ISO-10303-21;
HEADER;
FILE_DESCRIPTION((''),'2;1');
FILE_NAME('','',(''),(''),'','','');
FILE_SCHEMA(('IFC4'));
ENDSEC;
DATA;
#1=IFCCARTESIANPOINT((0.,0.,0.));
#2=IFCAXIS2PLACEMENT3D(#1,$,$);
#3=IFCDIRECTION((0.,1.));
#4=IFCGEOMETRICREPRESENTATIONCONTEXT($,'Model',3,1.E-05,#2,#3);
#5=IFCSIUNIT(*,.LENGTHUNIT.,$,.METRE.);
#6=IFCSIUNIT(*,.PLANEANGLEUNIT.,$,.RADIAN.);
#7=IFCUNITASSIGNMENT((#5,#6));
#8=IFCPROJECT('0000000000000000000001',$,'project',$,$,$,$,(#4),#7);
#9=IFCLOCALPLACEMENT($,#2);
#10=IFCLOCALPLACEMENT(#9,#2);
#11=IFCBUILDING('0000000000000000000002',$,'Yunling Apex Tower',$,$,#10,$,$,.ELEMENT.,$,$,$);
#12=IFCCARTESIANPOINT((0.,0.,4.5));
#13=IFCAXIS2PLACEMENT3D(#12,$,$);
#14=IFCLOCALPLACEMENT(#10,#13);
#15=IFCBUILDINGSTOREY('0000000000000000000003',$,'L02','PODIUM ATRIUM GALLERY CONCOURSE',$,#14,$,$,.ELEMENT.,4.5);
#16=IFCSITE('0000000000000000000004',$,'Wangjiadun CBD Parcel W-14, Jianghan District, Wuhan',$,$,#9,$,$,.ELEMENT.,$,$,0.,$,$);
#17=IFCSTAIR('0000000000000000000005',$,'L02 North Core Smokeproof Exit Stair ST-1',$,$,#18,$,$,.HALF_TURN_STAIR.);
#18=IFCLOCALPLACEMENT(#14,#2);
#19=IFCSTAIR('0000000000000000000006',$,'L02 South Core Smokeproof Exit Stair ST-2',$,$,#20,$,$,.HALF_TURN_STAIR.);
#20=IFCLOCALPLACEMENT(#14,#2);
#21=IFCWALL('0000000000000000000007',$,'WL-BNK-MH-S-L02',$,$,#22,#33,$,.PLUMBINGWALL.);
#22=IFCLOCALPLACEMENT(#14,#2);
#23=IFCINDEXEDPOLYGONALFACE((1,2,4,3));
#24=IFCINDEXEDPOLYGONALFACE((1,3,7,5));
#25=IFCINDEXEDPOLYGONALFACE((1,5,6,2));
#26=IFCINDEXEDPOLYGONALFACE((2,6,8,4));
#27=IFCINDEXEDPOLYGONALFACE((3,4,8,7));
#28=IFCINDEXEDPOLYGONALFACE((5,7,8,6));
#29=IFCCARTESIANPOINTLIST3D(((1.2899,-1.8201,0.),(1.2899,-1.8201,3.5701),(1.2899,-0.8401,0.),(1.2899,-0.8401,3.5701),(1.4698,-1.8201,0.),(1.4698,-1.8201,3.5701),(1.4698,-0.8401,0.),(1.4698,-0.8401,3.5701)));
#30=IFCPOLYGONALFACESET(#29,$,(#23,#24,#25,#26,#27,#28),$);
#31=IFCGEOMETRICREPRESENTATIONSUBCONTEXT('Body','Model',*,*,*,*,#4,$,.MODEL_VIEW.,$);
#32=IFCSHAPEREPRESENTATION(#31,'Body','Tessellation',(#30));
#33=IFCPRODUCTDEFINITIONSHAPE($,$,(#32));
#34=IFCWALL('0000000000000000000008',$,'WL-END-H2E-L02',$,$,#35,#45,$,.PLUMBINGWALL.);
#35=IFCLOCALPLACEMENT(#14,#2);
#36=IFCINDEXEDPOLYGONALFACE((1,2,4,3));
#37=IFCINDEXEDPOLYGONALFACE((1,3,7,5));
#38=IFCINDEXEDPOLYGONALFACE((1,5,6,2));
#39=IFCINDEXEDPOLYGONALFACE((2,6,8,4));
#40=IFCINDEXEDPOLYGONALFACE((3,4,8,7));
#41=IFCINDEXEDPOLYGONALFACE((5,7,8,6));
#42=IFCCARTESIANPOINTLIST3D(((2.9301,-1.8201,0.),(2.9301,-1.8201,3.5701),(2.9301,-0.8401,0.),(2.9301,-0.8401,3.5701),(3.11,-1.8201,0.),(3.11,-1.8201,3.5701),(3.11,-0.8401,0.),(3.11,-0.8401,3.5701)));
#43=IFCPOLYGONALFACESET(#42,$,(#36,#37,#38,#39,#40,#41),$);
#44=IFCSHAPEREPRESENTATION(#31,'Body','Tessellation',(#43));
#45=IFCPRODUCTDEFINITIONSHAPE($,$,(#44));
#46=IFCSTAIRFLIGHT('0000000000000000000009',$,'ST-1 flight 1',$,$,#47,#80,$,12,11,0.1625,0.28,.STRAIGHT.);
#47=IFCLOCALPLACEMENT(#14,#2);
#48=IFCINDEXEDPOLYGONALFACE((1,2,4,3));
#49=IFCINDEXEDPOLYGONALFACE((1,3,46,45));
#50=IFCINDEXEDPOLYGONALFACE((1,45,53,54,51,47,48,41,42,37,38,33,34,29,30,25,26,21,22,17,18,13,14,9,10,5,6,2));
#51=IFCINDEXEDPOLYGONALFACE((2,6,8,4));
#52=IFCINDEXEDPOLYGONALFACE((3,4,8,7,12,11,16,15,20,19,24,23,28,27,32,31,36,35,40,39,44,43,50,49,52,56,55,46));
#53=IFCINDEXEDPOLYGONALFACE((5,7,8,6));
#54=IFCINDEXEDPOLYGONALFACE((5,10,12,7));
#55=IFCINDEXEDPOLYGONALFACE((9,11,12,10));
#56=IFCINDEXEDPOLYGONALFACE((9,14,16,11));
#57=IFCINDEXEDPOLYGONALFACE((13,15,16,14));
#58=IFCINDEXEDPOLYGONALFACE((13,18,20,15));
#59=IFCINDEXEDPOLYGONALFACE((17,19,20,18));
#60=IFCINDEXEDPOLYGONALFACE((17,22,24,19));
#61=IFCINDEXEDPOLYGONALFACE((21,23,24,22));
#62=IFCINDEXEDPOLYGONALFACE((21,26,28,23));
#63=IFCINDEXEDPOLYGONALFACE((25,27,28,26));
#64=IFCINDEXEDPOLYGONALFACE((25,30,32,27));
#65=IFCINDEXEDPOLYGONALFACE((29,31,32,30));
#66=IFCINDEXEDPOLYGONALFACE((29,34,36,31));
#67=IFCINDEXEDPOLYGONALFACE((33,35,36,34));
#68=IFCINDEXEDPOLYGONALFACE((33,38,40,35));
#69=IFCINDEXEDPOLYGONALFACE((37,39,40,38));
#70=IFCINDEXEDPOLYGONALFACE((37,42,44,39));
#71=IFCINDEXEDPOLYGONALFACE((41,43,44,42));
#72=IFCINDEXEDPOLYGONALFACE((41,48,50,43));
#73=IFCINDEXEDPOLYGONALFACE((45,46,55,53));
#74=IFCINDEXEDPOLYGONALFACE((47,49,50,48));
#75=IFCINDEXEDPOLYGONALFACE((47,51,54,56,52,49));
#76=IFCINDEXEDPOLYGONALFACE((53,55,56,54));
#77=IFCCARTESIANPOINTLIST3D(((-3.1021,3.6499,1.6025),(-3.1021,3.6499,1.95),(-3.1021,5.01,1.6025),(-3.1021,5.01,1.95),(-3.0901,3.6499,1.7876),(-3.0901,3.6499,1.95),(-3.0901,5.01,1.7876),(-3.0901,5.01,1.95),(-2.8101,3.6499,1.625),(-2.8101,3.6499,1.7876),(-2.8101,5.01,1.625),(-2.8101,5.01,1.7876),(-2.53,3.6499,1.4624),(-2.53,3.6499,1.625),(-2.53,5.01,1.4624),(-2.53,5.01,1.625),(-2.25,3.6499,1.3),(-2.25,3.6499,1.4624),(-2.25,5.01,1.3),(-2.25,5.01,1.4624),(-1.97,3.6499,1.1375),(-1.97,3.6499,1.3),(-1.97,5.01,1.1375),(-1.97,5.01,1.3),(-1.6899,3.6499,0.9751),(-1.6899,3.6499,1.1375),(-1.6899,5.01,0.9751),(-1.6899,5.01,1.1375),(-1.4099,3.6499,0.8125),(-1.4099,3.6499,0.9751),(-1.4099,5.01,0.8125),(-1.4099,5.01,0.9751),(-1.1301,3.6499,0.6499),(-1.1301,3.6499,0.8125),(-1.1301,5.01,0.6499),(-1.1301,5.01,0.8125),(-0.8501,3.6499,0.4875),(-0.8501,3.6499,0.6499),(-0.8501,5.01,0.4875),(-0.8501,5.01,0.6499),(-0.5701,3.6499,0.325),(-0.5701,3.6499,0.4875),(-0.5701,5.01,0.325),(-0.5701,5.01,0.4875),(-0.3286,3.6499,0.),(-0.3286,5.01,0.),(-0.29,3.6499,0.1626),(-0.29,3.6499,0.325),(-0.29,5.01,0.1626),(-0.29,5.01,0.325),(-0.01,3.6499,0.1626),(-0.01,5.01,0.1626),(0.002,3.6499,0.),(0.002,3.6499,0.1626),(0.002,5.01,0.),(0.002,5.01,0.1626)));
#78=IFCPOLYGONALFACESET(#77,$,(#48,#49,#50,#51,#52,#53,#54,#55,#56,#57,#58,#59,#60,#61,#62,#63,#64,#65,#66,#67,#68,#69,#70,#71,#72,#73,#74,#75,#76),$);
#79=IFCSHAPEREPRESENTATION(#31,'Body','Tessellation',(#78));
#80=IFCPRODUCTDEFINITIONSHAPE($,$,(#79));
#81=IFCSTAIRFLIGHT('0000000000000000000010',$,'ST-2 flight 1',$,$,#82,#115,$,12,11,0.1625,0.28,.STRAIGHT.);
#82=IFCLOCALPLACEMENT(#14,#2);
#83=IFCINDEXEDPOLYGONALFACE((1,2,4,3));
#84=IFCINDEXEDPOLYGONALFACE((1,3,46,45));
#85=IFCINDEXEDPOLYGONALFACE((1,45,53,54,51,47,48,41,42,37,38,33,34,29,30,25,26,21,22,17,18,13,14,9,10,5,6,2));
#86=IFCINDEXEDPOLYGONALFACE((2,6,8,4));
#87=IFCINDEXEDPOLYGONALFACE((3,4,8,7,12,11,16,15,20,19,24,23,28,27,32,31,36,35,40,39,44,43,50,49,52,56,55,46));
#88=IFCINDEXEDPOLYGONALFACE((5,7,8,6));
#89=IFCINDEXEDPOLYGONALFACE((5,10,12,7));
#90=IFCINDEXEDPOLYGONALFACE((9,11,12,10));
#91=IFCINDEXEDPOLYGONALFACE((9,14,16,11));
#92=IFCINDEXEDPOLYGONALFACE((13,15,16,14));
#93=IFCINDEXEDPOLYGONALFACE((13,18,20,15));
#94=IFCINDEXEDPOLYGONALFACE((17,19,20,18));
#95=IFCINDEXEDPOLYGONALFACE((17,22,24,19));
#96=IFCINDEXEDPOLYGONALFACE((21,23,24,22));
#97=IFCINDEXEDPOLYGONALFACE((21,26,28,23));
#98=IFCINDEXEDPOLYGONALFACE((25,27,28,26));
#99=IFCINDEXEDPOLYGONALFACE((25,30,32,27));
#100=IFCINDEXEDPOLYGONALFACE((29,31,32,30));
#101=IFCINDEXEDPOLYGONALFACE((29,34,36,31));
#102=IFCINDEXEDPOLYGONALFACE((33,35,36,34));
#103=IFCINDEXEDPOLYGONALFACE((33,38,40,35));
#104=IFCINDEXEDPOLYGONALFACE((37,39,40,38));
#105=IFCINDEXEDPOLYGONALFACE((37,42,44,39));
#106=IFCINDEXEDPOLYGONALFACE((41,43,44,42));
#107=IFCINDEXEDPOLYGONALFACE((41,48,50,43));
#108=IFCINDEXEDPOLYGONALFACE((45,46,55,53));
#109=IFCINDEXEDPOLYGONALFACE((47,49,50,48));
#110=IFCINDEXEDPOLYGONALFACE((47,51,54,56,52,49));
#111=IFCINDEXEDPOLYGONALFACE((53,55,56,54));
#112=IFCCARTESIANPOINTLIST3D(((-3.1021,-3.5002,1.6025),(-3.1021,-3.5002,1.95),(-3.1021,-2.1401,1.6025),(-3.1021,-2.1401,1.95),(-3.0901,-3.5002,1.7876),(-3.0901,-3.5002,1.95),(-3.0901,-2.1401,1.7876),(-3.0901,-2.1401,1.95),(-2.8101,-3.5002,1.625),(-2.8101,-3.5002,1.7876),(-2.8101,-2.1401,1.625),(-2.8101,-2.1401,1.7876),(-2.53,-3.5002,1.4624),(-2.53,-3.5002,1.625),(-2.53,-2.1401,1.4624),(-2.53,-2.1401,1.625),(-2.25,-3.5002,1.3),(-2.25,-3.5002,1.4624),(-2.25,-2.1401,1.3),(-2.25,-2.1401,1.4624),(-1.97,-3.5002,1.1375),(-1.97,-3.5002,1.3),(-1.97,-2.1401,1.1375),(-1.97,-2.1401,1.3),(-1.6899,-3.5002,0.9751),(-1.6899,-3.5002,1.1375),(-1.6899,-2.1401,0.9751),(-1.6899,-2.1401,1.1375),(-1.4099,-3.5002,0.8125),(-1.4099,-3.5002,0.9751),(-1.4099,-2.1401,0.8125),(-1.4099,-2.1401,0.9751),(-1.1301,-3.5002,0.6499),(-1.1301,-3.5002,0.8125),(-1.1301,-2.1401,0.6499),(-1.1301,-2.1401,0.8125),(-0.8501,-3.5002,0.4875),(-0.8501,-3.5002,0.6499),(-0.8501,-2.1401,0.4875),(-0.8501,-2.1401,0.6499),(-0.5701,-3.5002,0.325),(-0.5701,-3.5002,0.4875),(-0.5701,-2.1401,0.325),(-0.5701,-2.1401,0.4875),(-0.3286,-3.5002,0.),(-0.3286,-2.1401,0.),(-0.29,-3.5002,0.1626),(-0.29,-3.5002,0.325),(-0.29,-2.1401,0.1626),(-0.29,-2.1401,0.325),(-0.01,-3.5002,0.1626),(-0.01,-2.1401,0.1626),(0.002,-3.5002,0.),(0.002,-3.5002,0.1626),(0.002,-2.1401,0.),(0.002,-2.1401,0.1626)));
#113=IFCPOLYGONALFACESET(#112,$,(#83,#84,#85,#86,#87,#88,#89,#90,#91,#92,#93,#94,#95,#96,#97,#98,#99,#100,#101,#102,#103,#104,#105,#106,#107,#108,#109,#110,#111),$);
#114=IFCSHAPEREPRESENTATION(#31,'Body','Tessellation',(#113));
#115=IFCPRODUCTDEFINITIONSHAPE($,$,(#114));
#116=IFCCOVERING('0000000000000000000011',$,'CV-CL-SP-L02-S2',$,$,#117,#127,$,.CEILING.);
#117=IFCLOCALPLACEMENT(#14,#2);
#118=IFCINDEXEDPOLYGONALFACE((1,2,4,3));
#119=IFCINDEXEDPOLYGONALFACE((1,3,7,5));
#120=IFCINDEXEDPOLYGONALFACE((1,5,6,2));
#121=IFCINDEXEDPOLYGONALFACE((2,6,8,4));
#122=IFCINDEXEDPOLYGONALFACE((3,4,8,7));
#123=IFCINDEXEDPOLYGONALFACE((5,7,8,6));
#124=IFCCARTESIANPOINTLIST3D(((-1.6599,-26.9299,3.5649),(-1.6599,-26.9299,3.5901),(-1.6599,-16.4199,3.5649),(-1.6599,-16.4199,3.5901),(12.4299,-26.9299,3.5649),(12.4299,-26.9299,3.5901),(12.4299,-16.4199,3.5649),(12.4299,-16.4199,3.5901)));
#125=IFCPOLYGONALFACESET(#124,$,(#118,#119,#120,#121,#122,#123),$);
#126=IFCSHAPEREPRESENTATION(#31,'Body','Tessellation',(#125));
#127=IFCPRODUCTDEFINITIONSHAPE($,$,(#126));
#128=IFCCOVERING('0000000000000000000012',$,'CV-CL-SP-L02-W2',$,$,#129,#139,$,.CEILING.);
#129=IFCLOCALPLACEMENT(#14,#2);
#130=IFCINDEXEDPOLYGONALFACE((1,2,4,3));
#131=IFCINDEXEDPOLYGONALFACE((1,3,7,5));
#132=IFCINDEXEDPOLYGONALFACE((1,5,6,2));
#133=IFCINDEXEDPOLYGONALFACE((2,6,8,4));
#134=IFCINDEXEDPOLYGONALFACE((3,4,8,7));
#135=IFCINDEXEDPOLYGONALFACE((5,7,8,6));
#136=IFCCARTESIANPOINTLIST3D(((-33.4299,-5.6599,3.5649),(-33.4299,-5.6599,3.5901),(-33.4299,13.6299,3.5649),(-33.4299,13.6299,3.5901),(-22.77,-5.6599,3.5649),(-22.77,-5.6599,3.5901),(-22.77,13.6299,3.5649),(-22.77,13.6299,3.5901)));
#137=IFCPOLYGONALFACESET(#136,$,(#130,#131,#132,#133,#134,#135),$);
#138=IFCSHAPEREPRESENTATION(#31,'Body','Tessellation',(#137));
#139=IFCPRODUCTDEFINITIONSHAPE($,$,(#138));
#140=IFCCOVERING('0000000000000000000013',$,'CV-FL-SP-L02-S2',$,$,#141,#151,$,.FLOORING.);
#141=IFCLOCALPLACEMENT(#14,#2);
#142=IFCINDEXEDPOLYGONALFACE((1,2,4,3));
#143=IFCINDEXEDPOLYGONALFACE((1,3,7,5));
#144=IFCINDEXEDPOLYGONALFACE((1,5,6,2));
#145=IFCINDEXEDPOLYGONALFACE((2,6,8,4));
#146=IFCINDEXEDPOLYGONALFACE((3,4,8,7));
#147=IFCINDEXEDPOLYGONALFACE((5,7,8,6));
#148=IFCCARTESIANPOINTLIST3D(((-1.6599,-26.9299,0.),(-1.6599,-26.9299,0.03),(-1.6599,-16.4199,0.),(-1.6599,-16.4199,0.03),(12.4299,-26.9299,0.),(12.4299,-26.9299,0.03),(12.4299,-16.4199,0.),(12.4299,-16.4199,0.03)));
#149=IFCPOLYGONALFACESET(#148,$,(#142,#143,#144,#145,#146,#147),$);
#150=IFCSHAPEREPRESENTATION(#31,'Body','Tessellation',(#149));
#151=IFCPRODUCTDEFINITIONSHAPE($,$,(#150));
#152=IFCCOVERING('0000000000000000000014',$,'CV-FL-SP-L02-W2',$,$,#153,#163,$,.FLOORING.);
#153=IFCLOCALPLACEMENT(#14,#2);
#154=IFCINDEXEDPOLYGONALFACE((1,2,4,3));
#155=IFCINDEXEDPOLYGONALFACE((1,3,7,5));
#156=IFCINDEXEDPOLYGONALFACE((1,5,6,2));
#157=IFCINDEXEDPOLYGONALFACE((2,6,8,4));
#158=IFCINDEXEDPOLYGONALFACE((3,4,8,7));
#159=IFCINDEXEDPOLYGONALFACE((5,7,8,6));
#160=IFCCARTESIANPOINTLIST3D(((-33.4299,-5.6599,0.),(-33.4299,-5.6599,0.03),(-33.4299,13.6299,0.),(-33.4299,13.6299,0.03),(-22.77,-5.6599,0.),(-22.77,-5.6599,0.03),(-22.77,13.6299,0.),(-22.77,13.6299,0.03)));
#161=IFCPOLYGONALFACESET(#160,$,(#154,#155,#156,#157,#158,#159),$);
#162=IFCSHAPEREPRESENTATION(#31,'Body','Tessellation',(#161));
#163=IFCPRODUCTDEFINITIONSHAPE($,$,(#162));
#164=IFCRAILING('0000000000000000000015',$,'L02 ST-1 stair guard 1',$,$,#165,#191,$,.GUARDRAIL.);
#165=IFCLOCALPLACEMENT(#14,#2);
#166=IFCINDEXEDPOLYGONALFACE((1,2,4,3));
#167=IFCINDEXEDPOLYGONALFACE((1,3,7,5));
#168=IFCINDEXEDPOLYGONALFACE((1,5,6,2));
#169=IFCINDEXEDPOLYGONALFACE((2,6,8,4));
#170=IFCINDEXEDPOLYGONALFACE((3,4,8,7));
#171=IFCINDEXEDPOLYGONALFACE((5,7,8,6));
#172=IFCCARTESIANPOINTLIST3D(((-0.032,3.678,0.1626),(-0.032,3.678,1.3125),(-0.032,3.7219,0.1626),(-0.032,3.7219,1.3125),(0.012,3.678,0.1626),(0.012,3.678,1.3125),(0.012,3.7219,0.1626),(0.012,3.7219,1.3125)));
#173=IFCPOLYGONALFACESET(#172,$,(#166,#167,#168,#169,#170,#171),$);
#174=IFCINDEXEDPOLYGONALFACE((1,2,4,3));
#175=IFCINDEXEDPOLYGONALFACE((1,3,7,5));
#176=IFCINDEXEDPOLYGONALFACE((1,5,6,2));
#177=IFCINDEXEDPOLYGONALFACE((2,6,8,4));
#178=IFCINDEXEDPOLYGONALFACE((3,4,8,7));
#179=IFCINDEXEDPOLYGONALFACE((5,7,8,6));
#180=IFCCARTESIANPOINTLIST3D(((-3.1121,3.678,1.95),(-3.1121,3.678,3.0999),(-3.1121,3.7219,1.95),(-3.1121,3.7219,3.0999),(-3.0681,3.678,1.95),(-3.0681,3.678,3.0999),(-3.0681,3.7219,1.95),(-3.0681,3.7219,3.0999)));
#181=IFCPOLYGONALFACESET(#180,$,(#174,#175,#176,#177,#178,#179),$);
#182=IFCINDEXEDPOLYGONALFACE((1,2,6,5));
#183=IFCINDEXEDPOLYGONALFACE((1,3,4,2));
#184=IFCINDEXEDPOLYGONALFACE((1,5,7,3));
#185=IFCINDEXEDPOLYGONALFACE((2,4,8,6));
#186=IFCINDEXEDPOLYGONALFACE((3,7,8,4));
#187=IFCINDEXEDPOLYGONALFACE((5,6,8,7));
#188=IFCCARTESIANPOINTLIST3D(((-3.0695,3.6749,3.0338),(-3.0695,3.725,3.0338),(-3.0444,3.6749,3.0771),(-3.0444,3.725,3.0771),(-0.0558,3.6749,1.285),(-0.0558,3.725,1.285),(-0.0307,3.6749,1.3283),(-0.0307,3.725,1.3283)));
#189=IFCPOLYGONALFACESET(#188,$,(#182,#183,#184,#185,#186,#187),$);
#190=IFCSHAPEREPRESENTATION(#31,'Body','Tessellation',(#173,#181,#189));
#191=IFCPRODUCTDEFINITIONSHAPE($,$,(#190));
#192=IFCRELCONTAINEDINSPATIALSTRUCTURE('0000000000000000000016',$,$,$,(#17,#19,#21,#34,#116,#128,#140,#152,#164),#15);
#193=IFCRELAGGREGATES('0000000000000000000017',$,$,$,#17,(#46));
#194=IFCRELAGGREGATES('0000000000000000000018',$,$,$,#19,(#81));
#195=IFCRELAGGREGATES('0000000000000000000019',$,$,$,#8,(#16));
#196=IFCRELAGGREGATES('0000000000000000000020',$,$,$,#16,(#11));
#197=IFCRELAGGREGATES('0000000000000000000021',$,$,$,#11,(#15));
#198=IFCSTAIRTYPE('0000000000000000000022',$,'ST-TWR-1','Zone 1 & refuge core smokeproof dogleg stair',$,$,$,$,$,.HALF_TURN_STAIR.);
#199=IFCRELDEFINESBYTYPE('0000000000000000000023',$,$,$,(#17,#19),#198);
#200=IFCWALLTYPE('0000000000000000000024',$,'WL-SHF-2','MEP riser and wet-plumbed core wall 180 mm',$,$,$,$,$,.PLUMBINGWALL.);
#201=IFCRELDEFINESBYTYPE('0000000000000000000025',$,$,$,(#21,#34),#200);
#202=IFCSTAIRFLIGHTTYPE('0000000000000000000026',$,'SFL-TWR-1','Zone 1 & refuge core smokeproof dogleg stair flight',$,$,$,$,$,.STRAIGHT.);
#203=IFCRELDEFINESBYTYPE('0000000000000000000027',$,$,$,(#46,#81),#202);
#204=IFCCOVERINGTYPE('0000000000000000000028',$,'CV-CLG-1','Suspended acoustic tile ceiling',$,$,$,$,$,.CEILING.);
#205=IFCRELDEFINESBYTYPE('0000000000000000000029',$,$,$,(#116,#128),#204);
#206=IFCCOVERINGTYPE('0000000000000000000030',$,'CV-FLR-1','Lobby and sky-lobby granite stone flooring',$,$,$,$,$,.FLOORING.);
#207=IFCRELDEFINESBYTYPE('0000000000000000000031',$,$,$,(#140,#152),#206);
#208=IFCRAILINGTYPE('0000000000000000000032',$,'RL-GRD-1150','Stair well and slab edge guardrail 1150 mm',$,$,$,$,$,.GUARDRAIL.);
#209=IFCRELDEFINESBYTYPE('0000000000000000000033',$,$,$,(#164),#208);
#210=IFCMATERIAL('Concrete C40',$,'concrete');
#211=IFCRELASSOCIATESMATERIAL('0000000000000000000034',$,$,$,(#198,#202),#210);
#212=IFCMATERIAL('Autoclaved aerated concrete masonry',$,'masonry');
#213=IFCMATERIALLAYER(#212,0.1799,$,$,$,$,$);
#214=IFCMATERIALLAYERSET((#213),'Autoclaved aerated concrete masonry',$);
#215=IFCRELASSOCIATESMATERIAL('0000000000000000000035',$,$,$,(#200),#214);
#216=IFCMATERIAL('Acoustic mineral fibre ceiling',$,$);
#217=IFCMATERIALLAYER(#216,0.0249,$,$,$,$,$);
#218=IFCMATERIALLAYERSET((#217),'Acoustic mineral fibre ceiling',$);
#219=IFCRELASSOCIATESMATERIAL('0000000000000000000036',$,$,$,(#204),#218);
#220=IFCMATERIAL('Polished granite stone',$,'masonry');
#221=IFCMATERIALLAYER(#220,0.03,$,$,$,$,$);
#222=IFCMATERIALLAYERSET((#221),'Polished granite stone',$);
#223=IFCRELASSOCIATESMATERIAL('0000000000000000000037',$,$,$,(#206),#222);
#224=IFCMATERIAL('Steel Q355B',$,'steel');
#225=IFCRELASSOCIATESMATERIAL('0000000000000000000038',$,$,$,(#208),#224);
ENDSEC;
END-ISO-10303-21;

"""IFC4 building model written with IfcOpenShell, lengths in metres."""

from ifc_helpers import new_model, si_unit, direction, frame, frame_2d, origin, origin_2d, place, context, subcontext, project, spatial, polyline, rectangle, outline, extrude, material, layer, layer_set, type_object, element, aggregate, save


model = new_model("IFC4")

# Units and contexts
model_context = context("Model", 3, precision=1e-05, world=origin(), true_north=direction((0.0, 1.0)))
body_context = subcontext(model_context, "Body", "Model", "MODEL_VIEW")
ifc_project = project(units=[si_unit("LENGTHUNIT", "METRE"), si_unit("PLANEANGLEUNIT", "RADIAN")], contexts=[model_context])

# Site, building, storey
site_placement = place(None, origin())
site = spatial("IfcSite", under=ifc_project, at=site_placement, Name="Wangjiadun CBD Parcel W-14, Jianghan District, Wuhan", CompositionType="ELEMENT", RefElevation=0.0)
building_placement = place(site_placement, origin())
building = spatial("IfcBuilding", under=site, at=building_placement, Name="Yunling Apex Tower", CompositionType="ELEMENT")
storey_placement = place(building_placement, frame((0.0, 0.0, 4.5)))
storey = spatial("IfcBuildingStorey", under=building, at=storey_placement, Name="L02", Description="PODIUM ATRIUM GALLERY CONCOURSE", CompositionType="ELEMENT", Elevation=4.5)

# Shared definitions
ifc_material_1 = material(Name="Steel Q355B", Category="steel")

# Stairs
ifc_material_2 = material(Name="Concrete C40", Category="concrete")
stair_type_1 = type_object("IfcStairType", Name="ST-TWR-1", Description="Zone 1 & refuge core smokeproof dogleg stair", PredefinedType="HALF_TURN_STAIR", material=ifc_material_2)
stair_1_placement = place(storey_placement, origin())
stair_1 = element("IfcStair", 1, at=stair_1_placement, inside=storey, type_object=stair_type_1, Name="L02 North Core Smokeproof Exit Stair ST-1", PredefinedType="HALF_TURN_STAIR")
stair_2_placement = place(storey_placement, origin())
stair_2 = element("IfcStair", 2, at=stair_2_placement, inside=storey, type_object=stair_type_1, Name="L02 South Core Smokeproof Exit Stair ST-2", PredefinedType="HALF_TURN_STAIR")

# Shared definitions
ifc_material_3 = material(Name="Autoclaved aerated concrete masonry", Category="masonry")

# Walls
ifc_layer_1 = layer(ifc_material_3, 0.1799)
ifc_layer_set_1 = layer_set([ifc_layer_1], Name="Autoclaved aerated concrete masonry")
wall_type_1 = type_object("IfcWallType", Name="WL-SHF-2", Description="MEP riser and wet-plumbed core wall 180 mm", PredefinedType="PLUMBINGWALL", material=ifc_layer_set_1)
for number, where, z_axis, x_axis, name in (
    (3, (1.3799, -1.8201, 0.0), (0.0, 0.0, 1.0), (0.0, 1.0, 0.0), "WL-BNK-MH-S-L02"),
    (4, (3.02, -1.8201, 0.0), (0.0, 0.0, 1.0), (0.0, 1.0, 0.0), "WL-END-H2E-L02"),
):
    element("IfcWall", number, at=place(storey_placement, frame(where, z_axis=z_axis, x_axis=x_axis)), inside=storey, type_object=wall_type_1, Name=name, PredefinedType="PLUMBINGWALL", context=body_context, shape_type="SweptSolid", body=[
        extrude(rectangle(XDim=0.98, YDim=0.1799, at=frame_2d((0.49, 0.0))), origin(), (0.0, 0.0, 1.0), 3.5701),
    ])

# Stair flights
stair_flight_type = type_object("IfcStairFlightType", Name="SFL-TWR-1", Description="Zone 1 & refuge core smokeproof dogleg stair flight", PredefinedType="STRAIGHT", material=ifc_material_2)
stair_flight_1_placement = place(storey_placement, frame((-0.01, 4.3301, 0.0), z_axis=(0.0, 0.0, 1.0), x_axis=(-1.0, 0.0, 0.0)))
stair_flight_1 = element("IfcStairFlight", 5, at=stair_flight_1_placement, type_object=stair_flight_type, Name="ST-1 flight 1", NumberOfRisers=12, NumberOfTreads=11, PredefinedType="STRAIGHT", RiserHeight=0.1625, TreadLength=0.28, context=body_context, shape_type="SweptSolid", body=[
    extrude(outline(polyline([(-0.012, 0.0), (-0.012, 0.1626), (0.0, 0.1626), (0.28, 0.1626), (0.28, 0.325), (0.5601, 0.325), (0.5601, 0.4875), (0.8401, 0.4875), (0.8401, 0.6499), (1.1201, 0.6499), (1.1201, 0.8125), (1.3999, 0.8125), (1.3999, 0.9751), (1.6799, 0.9751), (1.6799, 1.1375), (1.96, 1.1375), (1.96, 1.3), (2.24, 1.3), (2.24, 1.4624), (2.52, 1.4624), (2.52, 1.625), (2.8, 1.625), (2.8, 1.7876), (3.0801, 1.7876), (3.0801, 1.95), (3.092, 1.95), (3.092, 1.6025), (0.3186, 0.0), (-0.012, 0.0)])), frame((0.0, 0.6802, 0.0), z_axis=(0.0, -1.0, 0.0), x_axis=(1.0, 0.0, 0.0)), (0.0, 0.0, 1.0), 1.3601),
])
aggregate(stair_1, [stair_flight_1])
stair_flight_2_placement = place(storey_placement, frame((-0.01, -2.8201, 0.0), z_axis=(0.0, 0.0, 1.0), x_axis=(-1.0, 0.0, 0.0)))
stair_flight_2 = element("IfcStairFlight", 6, at=stair_flight_2_placement, type_object=stair_flight_type, Name="ST-2 flight 1", NumberOfRisers=12, NumberOfTreads=11, PredefinedType="STRAIGHT", RiserHeight=0.1625, TreadLength=0.28, context=body_context, shape_type="SweptSolid", body=[
    extrude(outline(polyline([(-0.012, 0.0), (-0.012, 0.1626), (0.0, 0.1626), (0.28, 0.1626), (0.28, 0.325), (0.5601, 0.325), (0.5601, 0.4875), (0.8401, 0.4875), (0.8401, 0.6499), (1.1201, 0.6499), (1.1201, 0.8125), (1.3999, 0.8125), (1.3999, 0.9751), (1.6799, 0.9751), (1.6799, 1.1375), (1.96, 1.1375), (1.96, 1.3), (2.24, 1.3), (2.24, 1.4624), (2.52, 1.4624), (2.52, 1.625), (2.8, 1.625), (2.8, 1.7876), (3.0801, 1.7876), (3.0801, 1.95), (3.092, 1.95), (3.092, 1.6025), (0.3186, 0.0), (-0.012, 0.0)])), frame((0.0, 0.6802, 0.0), z_axis=(0.0, -1.0, 0.0), x_axis=(1.0, 0.0, 0.0)), (0.0, 0.0, 1.0), 1.3601),
])
aggregate(stair_2, [stair_flight_2])

# Coverings
ifc_material_4 = material(Name="Acoustic mineral fibre ceiling")
ifc_layer_2 = layer(ifc_material_4, 0.0249)
ifc_layer_set_2 = layer_set([ifc_layer_2], Name="Acoustic mineral fibre ceiling")
covering_type_1 = type_object("IfcCoveringType", Name="CV-CLG-1", Description="Suspended acoustic tile ceiling", PredefinedType="CEILING", material=ifc_layer_set_2)
covering_1_placement = place(storey_placement, frame((0.0, 0.0, 3.5649)))
element("IfcCovering", 7, at=covering_1_placement, inside=storey, type_object=covering_type_1, Name="CV-CL-SP-L02-S2", PredefinedType="CEILING", context=body_context, shape_type="SweptSolid", body=[
    extrude(outline(polyline([(12.4299, -26.9299), (-1.6599, -26.9299), (-1.6599, -16.4199), (12.4299, -16.4199), (12.4299, -26.9299)])), origin(), (0.0, 0.0, 1.0), 0.0251),
])
covering_2_placement = place(storey_placement, frame((0.0, 0.0, 3.5649)))
element("IfcCovering", 8, at=covering_2_placement, inside=storey, type_object=covering_type_1, Name="CV-CL-SP-L02-W2", PredefinedType="CEILING", context=body_context, shape_type="SweptSolid", body=[
    extrude(outline(polyline([(-22.77, -5.6599), (-33.4299, -5.6599), (-33.4299, 13.6299), (-22.77, 13.6299), (-22.77, -5.6599)])), origin(), (0.0, 0.0, 1.0), 0.0251),
])
ifc_material_5 = material(Name="Polished granite stone", Category="masonry")
ifc_layer_3 = layer(ifc_material_5, 0.03)
ifc_layer_set_3 = layer_set([ifc_layer_3], Name="Polished granite stone")
covering_type_2 = type_object("IfcCoveringType", Name="CV-FLR-1", Description="Lobby and sky-lobby granite stone flooring", PredefinedType="FLOORING", material=ifc_layer_set_3)
covering_3_placement = place(storey_placement, origin())
element("IfcCovering", 9, at=covering_3_placement, inside=storey, type_object=covering_type_2, Name="CV-FL-SP-L02-S2", PredefinedType="FLOORING", context=body_context, shape_type="SweptSolid", body=[
    extrude(outline(polyline([(12.4299, -26.9299), (-1.6599, -26.9299), (-1.6599, -16.4199), (12.4299, -16.4199), (12.4299, -26.9299)])), origin(), (0.0, 0.0, 1.0), 0.03),
])
covering_4_placement = place(storey_placement, origin())
element("IfcCovering", 10, at=covering_4_placement, inside=storey, type_object=covering_type_2, Name="CV-FL-SP-L02-W2", PredefinedType="FLOORING", context=body_context, shape_type="SweptSolid", body=[
    extrude(outline(polyline([(-22.77, -5.6599), (-33.4299, -5.6599), (-33.4299, 13.6299), (-22.77, 13.6299), (-22.77, -5.6599)])), origin(), (0.0, 0.0, 1.0), 0.03),
])

# Railing
railing_type_1 = type_object("IfcRailingType", Name="RL-GRD-1150", Description="Stair well and slab edge guardrail 1150 mm", PredefinedType="GUARDRAIL", material=ifc_material_1)
railing_1_placement = place(storey_placement, frame((-0.01, 3.7, 0.1626)))
element("IfcRailing", 11, at=railing_1_placement, inside=storey, type_object=railing_type_1, Name="L02 ST-1 stair guard 1", PredefinedType="GUARDRAIL", context=body_context, shape_type="SweptSolid", body=[
    extrude(rectangle(XDim=0.0439, YDim=0.0439, at=origin_2d()), origin(), (0.0, 0.0, 1.0), 1.1499),
    extrude(rectangle(XDim=0.0439, YDim=0.0439, at=origin_2d()), frame((-3.0801, 0.0, 1.7874)), (0.0, 0.0, 1.0), 1.1499),
    extrude(rectangle(XDim=0.05, YDim=0.05, at=origin_2d()), frame((-0.0332, 0.0, 1.144), z_axis=(-0.86492, 0.0, 0.501909), x_axis=(0.0, -1.0, 0.0)), (0.0, 0.0, 1.0), 3.4844),
])

save(model, "model.ifc")
